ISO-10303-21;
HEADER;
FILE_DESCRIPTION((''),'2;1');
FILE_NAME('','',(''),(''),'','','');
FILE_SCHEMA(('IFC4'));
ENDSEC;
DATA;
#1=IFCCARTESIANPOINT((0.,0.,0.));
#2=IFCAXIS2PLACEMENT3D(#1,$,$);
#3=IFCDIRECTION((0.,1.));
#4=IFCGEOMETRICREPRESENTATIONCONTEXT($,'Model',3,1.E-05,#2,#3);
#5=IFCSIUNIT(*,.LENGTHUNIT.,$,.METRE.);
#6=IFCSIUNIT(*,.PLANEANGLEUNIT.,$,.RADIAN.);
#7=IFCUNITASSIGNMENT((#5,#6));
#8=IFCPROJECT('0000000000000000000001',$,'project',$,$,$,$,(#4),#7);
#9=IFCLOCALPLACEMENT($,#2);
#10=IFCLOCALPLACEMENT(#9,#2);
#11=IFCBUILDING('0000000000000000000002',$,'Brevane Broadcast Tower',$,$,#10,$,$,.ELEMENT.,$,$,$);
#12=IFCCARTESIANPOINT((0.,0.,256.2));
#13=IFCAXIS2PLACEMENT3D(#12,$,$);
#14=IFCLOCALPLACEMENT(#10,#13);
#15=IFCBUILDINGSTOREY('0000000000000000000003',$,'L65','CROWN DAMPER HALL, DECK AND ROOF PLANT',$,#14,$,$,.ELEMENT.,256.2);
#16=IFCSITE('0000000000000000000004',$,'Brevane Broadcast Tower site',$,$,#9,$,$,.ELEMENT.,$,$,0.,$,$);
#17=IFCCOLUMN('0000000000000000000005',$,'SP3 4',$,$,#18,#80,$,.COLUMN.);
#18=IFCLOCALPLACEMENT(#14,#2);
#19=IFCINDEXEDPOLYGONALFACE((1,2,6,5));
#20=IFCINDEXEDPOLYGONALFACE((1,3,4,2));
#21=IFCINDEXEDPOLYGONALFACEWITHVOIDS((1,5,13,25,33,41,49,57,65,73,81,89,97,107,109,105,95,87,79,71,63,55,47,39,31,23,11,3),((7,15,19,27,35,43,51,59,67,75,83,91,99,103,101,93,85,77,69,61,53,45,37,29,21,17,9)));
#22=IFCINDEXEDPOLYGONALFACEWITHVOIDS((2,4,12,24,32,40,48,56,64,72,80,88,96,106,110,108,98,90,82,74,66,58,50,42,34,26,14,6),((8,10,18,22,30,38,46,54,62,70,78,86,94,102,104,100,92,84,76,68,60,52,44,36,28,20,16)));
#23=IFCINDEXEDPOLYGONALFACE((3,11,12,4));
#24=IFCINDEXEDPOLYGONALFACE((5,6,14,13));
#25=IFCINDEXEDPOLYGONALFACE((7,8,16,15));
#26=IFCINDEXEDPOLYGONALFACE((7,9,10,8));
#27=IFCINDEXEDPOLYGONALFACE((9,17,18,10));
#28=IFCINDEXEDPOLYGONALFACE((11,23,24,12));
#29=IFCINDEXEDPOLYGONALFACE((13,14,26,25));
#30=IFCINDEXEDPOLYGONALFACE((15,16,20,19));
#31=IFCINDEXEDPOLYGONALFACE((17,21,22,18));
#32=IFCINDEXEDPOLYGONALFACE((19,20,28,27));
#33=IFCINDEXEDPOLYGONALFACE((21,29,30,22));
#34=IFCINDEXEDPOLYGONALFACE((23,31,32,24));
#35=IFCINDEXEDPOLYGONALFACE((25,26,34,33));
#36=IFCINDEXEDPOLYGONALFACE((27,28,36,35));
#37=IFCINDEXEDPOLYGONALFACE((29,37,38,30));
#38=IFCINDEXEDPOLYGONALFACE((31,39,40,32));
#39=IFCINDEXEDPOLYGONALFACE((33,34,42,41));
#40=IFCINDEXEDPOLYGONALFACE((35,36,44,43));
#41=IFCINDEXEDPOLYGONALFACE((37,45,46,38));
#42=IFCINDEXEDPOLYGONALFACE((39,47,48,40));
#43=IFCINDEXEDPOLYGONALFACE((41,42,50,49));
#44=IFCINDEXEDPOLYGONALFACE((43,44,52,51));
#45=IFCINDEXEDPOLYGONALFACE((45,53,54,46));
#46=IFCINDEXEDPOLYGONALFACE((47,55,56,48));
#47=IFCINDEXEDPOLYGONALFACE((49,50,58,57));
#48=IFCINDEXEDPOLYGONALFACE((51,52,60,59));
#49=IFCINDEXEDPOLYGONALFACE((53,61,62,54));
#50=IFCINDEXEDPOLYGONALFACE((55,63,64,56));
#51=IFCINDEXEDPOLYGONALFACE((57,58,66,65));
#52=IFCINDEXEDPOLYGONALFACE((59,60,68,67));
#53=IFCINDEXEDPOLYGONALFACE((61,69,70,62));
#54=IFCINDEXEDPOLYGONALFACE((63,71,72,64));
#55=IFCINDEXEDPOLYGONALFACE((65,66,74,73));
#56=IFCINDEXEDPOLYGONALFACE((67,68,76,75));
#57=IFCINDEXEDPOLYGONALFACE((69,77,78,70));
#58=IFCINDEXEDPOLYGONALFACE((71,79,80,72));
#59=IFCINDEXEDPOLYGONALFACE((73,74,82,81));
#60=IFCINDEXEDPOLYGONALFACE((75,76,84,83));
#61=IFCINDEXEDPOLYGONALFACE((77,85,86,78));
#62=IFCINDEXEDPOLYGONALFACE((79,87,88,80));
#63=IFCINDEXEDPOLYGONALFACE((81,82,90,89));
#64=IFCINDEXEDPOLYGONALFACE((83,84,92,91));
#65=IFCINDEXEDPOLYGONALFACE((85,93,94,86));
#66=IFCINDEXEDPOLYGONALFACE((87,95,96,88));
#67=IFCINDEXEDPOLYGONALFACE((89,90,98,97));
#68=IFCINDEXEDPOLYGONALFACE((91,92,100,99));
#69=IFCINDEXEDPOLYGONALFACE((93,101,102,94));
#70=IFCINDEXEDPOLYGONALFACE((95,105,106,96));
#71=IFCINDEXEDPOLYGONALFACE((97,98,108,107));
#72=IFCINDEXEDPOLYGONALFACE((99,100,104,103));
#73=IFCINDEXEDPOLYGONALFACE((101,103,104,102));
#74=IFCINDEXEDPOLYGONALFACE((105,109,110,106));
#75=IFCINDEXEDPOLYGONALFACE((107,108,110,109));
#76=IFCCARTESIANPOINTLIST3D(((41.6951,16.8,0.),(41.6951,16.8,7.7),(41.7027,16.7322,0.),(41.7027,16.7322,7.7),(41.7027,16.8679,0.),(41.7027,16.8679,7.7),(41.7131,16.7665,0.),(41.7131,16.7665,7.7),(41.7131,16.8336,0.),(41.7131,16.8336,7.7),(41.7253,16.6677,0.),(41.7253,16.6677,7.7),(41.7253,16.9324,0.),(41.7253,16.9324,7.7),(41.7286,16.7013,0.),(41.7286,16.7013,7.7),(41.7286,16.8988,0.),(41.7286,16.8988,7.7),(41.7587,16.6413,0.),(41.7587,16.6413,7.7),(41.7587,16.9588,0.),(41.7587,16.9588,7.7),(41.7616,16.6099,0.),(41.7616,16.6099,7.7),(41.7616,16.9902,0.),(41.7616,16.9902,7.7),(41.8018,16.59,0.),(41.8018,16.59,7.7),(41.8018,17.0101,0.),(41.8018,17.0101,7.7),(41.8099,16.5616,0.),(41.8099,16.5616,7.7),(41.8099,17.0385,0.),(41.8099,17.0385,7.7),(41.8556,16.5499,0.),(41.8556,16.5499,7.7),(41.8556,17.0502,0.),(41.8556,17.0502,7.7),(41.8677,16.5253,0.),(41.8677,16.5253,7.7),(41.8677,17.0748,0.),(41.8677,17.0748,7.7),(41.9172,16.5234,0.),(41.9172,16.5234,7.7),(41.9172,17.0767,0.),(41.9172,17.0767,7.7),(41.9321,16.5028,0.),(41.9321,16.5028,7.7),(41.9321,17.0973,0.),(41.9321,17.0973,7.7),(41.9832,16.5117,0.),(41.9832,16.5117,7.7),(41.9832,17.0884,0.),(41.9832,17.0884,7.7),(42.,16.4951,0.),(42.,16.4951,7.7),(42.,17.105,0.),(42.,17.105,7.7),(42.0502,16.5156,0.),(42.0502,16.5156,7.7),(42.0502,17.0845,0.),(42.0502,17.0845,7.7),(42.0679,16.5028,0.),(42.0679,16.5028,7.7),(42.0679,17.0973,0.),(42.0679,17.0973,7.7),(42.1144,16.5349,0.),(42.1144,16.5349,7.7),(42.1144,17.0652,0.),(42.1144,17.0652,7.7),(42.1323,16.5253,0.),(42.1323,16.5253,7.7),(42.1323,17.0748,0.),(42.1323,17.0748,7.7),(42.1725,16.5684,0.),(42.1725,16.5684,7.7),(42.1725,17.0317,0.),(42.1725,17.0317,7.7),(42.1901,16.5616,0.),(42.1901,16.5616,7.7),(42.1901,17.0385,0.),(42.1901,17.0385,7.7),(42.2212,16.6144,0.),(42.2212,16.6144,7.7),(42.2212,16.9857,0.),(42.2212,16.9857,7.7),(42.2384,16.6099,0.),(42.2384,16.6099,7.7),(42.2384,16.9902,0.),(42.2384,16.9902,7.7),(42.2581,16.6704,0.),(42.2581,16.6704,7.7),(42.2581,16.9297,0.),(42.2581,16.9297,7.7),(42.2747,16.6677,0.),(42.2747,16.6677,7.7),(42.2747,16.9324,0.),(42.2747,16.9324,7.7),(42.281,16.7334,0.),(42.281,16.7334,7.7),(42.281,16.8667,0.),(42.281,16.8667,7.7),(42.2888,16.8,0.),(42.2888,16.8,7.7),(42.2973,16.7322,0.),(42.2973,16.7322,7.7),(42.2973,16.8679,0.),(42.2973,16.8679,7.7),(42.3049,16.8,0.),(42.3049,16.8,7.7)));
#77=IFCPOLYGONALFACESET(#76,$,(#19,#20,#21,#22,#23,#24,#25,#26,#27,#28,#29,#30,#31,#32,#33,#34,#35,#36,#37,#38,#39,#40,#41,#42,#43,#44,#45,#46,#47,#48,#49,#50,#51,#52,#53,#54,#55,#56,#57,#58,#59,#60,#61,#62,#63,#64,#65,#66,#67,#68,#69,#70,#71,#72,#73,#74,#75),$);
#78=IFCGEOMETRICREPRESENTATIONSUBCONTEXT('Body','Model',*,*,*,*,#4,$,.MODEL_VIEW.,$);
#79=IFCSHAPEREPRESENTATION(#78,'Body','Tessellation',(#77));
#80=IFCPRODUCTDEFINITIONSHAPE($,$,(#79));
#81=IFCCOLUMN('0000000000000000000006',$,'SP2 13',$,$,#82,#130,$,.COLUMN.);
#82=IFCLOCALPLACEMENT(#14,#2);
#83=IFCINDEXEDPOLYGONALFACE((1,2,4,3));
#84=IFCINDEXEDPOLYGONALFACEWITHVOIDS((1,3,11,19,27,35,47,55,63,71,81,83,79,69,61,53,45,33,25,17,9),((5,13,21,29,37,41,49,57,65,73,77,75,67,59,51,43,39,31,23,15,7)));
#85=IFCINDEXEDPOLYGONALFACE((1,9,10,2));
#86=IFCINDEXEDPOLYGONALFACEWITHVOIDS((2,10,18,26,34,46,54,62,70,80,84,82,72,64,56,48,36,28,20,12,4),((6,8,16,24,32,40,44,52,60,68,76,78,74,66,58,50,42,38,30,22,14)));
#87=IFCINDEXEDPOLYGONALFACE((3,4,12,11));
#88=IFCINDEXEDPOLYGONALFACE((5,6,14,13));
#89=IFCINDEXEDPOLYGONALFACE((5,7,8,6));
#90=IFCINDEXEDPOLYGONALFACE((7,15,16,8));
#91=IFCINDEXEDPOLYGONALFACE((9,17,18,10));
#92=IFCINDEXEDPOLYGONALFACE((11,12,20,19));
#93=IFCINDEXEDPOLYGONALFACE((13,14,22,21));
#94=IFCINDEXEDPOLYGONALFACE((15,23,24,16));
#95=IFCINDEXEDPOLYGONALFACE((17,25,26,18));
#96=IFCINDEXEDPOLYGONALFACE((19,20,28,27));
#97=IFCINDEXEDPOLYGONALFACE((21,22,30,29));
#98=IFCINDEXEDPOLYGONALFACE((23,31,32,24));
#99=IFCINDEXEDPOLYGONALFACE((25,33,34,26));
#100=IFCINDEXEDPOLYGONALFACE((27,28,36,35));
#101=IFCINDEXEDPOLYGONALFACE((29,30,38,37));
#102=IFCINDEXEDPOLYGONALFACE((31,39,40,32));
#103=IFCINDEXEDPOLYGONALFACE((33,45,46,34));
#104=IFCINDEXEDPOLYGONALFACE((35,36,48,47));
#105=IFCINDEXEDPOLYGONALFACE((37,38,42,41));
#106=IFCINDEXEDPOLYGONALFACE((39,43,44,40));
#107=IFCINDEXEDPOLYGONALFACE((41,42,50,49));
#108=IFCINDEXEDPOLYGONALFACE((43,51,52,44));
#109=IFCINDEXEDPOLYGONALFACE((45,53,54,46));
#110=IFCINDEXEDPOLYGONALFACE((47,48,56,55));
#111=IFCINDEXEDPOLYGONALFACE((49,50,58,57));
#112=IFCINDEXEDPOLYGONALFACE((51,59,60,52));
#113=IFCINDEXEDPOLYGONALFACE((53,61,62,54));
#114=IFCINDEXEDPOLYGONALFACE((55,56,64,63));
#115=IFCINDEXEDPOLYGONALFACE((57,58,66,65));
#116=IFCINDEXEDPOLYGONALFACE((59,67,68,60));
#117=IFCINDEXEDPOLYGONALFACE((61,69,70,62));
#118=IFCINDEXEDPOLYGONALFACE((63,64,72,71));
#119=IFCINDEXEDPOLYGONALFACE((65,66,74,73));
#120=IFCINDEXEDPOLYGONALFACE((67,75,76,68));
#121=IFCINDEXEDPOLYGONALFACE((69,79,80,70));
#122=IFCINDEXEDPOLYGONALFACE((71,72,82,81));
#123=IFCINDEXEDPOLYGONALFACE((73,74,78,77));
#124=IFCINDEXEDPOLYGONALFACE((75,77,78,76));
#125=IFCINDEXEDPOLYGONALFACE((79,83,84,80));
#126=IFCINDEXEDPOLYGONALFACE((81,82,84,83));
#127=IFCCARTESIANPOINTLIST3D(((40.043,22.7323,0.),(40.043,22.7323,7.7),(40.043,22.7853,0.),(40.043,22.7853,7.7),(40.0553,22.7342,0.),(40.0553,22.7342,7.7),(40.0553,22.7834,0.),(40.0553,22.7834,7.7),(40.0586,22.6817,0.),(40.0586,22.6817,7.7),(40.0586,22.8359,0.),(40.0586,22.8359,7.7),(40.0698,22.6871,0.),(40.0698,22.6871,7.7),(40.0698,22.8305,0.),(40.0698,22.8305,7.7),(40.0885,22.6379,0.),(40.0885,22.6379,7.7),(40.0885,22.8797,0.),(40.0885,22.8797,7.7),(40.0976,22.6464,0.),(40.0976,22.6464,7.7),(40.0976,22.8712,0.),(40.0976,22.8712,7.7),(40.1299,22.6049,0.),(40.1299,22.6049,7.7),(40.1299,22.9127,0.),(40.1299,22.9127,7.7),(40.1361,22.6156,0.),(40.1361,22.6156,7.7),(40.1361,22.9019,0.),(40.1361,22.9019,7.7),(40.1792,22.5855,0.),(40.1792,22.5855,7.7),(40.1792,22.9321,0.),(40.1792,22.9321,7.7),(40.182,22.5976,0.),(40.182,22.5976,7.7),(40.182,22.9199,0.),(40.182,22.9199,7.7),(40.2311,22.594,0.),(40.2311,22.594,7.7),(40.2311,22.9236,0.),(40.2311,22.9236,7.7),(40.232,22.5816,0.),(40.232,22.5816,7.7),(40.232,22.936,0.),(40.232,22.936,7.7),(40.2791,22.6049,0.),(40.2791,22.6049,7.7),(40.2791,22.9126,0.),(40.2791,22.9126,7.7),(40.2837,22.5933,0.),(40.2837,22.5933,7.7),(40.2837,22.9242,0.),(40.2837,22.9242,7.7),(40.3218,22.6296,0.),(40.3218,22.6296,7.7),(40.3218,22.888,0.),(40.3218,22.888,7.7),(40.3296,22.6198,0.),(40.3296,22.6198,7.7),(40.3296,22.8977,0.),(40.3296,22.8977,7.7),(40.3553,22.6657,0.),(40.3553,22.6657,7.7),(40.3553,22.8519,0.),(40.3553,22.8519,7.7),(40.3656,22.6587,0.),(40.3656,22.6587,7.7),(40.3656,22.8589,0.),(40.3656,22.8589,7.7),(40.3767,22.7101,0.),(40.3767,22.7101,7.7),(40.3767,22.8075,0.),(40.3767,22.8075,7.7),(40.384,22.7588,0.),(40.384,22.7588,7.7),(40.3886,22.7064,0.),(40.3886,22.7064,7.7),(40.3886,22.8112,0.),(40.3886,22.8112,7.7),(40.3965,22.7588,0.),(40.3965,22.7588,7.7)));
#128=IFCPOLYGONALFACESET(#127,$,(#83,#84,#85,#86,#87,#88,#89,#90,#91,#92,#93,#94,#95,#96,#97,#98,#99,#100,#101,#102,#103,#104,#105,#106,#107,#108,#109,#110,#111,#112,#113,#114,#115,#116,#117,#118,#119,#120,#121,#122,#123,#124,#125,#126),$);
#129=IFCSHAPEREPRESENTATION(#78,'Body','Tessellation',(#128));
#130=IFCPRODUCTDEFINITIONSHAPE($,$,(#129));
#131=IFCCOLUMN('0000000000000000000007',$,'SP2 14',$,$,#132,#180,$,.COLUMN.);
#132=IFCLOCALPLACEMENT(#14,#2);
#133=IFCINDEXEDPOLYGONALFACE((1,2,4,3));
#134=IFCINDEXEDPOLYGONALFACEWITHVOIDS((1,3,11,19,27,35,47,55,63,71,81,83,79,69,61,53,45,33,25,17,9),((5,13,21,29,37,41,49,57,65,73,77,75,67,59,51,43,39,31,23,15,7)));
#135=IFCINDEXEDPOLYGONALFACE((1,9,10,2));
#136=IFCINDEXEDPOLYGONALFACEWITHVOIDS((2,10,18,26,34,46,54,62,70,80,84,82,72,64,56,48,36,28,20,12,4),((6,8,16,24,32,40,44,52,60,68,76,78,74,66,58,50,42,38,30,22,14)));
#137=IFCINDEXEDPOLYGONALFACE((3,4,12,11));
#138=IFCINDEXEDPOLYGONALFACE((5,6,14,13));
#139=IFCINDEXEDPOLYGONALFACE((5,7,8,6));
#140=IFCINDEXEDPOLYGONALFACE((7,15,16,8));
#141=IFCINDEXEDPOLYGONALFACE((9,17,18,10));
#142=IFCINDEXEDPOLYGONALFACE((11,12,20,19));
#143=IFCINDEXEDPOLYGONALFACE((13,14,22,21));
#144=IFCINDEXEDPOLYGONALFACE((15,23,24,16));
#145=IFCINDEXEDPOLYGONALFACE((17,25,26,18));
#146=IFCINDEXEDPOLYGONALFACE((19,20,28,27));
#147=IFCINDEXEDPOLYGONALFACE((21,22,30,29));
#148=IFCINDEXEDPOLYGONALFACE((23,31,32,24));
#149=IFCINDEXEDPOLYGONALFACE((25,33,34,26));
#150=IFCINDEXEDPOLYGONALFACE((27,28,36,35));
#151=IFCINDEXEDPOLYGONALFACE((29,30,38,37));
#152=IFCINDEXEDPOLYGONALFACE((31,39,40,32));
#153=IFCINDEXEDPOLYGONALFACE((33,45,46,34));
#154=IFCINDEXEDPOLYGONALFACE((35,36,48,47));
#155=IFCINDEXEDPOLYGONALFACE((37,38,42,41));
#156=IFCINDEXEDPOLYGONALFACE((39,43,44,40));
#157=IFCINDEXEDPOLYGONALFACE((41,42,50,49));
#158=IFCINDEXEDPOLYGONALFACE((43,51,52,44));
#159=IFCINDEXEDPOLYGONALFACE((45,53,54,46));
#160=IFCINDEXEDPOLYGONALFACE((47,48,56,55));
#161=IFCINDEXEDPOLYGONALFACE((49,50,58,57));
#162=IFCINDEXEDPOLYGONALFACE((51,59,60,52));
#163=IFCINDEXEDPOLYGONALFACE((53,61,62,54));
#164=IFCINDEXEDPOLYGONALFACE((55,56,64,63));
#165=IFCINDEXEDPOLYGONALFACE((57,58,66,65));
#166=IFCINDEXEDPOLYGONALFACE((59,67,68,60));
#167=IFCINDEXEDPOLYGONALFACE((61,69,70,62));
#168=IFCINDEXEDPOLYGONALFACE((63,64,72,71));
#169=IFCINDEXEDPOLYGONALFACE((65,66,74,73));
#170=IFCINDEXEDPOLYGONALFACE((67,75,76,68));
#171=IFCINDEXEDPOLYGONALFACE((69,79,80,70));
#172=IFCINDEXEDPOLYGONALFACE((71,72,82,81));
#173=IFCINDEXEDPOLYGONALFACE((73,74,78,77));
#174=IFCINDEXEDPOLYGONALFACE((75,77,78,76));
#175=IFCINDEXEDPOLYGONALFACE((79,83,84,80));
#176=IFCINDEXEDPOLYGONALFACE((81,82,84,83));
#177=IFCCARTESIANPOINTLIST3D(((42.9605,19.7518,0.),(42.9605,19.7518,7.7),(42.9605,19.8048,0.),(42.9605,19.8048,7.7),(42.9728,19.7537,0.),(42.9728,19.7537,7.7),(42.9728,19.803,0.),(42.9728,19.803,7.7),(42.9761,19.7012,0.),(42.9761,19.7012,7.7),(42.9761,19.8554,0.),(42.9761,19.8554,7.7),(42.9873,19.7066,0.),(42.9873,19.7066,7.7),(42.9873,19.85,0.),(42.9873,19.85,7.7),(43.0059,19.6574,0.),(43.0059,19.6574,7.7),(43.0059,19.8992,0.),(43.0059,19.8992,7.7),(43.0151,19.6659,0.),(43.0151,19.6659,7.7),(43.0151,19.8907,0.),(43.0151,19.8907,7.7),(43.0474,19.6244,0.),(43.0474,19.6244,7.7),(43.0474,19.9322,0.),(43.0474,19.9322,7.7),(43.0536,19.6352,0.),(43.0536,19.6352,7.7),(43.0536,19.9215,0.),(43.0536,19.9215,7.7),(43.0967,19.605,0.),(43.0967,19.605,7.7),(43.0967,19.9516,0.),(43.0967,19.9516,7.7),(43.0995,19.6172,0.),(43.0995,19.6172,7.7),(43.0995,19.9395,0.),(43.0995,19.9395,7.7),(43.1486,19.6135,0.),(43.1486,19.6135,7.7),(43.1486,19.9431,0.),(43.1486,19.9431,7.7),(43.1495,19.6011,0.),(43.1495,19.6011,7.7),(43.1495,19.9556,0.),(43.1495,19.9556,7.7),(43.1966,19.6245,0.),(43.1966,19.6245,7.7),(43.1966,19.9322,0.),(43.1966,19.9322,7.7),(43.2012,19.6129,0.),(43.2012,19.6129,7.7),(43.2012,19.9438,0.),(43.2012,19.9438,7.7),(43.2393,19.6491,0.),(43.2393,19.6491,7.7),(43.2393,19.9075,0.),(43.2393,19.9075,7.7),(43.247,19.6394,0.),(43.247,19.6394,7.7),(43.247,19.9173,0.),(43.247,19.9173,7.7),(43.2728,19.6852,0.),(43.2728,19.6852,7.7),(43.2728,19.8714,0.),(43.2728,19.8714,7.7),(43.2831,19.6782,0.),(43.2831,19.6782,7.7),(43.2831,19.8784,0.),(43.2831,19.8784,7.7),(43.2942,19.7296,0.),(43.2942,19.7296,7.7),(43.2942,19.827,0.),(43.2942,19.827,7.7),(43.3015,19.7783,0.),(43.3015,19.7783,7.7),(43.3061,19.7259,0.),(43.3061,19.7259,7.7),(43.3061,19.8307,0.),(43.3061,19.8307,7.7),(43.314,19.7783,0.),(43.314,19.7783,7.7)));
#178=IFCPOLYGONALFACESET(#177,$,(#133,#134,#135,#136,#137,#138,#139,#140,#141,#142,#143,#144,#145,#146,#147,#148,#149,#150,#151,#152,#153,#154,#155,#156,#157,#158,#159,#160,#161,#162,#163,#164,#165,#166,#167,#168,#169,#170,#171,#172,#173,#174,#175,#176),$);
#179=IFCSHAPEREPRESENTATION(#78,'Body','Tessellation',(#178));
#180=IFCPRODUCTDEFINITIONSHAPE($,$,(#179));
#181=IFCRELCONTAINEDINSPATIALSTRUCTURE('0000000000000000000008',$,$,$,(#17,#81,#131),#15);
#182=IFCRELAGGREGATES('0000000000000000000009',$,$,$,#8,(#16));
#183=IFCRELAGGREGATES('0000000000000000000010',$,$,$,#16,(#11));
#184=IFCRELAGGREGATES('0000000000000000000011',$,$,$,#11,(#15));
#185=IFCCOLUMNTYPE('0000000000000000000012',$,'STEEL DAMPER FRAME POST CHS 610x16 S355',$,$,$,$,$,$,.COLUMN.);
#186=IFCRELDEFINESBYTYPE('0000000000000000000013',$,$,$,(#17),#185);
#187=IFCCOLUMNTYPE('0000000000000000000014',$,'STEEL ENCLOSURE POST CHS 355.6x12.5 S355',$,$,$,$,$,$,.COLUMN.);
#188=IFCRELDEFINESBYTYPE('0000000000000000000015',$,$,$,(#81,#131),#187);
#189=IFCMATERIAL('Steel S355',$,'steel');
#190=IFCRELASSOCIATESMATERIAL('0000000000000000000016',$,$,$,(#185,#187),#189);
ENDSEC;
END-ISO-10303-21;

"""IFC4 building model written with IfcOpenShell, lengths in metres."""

from ifc_helpers import new_model, si_unit, direction, frame, origin, origin_2d, place, context, subcontext, project, spatial, hollow_circle, extrude, material, material_profile, profile_set, type_object, element, save


model = new_model("IFC4")

# Units and contexts
model_context = context("Model", 3, precision=1e-05, world=origin(), true_north=direction((0.0, 1.0)))
body_context = subcontext(model_context, "Body", "Model", "MODEL_VIEW")
ifc_project = project(units=[si_unit("LENGTHUNIT", "METRE"), si_unit("PLANEANGLEUNIT", "RADIAN")], contexts=[model_context])

# Site, building, storey
site_placement = place(None, origin())
site = spatial("IfcSite", under=ifc_project, at=site_placement, Name="Brevane Broadcast Tower site", CompositionType="ELEMENT", RefElevation=0.0)
building_placement = place(site_placement, origin())
building = spatial("IfcBuilding", under=site, at=building_placement, Name="Brevane Broadcast Tower", CompositionType="ELEMENT")
storey_placement = place(building_placement, frame((0.0, 0.0, 256.2)))
storey = spatial("IfcBuildingStorey", under=building, at=storey_placement, Name="L65", Description="CROWN DAMPER HALL, DECK AND ROOF PLANT", CompositionType="ELEMENT", Elevation=256.2)

# Columns
ifc_material_1 = material(Name="Steel S355", Category="steel")
ifc_material_profile_1 = material_profile(ifc_material_1, hollow_circle(Radius=0.3049, WallThickness=0.0161, at=origin_2d()), Name="CHS 610x16")
ifc_profile_set_1 = profile_set([ifc_material_profile_1], Name="Steel S355")
column_type_1 = type_object("IfcColumnType", Name="STEEL DAMPER FRAME POST CHS 610x16 S355", PredefinedType="COLUMN", material=ifc_profile_set_1)
column_placement = place(storey_placement, frame((42.0, 16.8, 0.0), z_axis=(0.0, 0.0, 1.0), x_axis=(1.0, 0.0, 0.0)))
element("IfcColumn", 1, at=column_placement, inside=storey, type_object=column_type_1, Name="SP3 4", PredefinedType="COLUMN", context=body_context, shape_type="SweptSolid", body=[
    extrude(hollow_circle(Radius=0.3049, WallThickness=0.0161, at=origin_2d()), origin(), (0.0, 0.0, 1.0), 7.7),
])
ifc_material_profile_2 = material_profile(ifc_material_1, hollow_circle(Radius=0.1777, WallThickness=0.0125, at=origin_2d()), Name="CHS 355.6x12.5")
ifc_profile_set_2 = profile_set([ifc_material_profile_2], Name="Steel S355")
column_type_2 = type_object("IfcColumnType", Name="STEEL ENCLOSURE POST CHS 355.6x12.5 S355", PredefinedType="COLUMN", material=ifc_profile_set_2)
for number, where, z_axis, x_axis, name in (
    (2, (40.2188, 22.7588, 0.0), (0.0, 0.0, 1.0), (1.0, 0.0, 0.0), "SP2 13"),
    (3, (43.1362, 19.7783, 0.0), (0.0, 0.0, 1.0), (1.0, 0.0, 0.0), "SP2 14"),
):
    element("IfcColumn", number, at=place(storey_placement, frame(where, z_axis=z_axis, x_axis=x_axis)), inside=storey, type_object=column_type_2, Name=name, PredefinedType="COLUMN", context=body_context, shape_type="SweptSolid", body=[
        extrude(hollow_circle(Radius=0.1777, WallThickness=0.0125, at=origin_2d()), origin(), (0.0, 0.0, 1.0), 7.7),
    ])

save(model, "model.ifc")
